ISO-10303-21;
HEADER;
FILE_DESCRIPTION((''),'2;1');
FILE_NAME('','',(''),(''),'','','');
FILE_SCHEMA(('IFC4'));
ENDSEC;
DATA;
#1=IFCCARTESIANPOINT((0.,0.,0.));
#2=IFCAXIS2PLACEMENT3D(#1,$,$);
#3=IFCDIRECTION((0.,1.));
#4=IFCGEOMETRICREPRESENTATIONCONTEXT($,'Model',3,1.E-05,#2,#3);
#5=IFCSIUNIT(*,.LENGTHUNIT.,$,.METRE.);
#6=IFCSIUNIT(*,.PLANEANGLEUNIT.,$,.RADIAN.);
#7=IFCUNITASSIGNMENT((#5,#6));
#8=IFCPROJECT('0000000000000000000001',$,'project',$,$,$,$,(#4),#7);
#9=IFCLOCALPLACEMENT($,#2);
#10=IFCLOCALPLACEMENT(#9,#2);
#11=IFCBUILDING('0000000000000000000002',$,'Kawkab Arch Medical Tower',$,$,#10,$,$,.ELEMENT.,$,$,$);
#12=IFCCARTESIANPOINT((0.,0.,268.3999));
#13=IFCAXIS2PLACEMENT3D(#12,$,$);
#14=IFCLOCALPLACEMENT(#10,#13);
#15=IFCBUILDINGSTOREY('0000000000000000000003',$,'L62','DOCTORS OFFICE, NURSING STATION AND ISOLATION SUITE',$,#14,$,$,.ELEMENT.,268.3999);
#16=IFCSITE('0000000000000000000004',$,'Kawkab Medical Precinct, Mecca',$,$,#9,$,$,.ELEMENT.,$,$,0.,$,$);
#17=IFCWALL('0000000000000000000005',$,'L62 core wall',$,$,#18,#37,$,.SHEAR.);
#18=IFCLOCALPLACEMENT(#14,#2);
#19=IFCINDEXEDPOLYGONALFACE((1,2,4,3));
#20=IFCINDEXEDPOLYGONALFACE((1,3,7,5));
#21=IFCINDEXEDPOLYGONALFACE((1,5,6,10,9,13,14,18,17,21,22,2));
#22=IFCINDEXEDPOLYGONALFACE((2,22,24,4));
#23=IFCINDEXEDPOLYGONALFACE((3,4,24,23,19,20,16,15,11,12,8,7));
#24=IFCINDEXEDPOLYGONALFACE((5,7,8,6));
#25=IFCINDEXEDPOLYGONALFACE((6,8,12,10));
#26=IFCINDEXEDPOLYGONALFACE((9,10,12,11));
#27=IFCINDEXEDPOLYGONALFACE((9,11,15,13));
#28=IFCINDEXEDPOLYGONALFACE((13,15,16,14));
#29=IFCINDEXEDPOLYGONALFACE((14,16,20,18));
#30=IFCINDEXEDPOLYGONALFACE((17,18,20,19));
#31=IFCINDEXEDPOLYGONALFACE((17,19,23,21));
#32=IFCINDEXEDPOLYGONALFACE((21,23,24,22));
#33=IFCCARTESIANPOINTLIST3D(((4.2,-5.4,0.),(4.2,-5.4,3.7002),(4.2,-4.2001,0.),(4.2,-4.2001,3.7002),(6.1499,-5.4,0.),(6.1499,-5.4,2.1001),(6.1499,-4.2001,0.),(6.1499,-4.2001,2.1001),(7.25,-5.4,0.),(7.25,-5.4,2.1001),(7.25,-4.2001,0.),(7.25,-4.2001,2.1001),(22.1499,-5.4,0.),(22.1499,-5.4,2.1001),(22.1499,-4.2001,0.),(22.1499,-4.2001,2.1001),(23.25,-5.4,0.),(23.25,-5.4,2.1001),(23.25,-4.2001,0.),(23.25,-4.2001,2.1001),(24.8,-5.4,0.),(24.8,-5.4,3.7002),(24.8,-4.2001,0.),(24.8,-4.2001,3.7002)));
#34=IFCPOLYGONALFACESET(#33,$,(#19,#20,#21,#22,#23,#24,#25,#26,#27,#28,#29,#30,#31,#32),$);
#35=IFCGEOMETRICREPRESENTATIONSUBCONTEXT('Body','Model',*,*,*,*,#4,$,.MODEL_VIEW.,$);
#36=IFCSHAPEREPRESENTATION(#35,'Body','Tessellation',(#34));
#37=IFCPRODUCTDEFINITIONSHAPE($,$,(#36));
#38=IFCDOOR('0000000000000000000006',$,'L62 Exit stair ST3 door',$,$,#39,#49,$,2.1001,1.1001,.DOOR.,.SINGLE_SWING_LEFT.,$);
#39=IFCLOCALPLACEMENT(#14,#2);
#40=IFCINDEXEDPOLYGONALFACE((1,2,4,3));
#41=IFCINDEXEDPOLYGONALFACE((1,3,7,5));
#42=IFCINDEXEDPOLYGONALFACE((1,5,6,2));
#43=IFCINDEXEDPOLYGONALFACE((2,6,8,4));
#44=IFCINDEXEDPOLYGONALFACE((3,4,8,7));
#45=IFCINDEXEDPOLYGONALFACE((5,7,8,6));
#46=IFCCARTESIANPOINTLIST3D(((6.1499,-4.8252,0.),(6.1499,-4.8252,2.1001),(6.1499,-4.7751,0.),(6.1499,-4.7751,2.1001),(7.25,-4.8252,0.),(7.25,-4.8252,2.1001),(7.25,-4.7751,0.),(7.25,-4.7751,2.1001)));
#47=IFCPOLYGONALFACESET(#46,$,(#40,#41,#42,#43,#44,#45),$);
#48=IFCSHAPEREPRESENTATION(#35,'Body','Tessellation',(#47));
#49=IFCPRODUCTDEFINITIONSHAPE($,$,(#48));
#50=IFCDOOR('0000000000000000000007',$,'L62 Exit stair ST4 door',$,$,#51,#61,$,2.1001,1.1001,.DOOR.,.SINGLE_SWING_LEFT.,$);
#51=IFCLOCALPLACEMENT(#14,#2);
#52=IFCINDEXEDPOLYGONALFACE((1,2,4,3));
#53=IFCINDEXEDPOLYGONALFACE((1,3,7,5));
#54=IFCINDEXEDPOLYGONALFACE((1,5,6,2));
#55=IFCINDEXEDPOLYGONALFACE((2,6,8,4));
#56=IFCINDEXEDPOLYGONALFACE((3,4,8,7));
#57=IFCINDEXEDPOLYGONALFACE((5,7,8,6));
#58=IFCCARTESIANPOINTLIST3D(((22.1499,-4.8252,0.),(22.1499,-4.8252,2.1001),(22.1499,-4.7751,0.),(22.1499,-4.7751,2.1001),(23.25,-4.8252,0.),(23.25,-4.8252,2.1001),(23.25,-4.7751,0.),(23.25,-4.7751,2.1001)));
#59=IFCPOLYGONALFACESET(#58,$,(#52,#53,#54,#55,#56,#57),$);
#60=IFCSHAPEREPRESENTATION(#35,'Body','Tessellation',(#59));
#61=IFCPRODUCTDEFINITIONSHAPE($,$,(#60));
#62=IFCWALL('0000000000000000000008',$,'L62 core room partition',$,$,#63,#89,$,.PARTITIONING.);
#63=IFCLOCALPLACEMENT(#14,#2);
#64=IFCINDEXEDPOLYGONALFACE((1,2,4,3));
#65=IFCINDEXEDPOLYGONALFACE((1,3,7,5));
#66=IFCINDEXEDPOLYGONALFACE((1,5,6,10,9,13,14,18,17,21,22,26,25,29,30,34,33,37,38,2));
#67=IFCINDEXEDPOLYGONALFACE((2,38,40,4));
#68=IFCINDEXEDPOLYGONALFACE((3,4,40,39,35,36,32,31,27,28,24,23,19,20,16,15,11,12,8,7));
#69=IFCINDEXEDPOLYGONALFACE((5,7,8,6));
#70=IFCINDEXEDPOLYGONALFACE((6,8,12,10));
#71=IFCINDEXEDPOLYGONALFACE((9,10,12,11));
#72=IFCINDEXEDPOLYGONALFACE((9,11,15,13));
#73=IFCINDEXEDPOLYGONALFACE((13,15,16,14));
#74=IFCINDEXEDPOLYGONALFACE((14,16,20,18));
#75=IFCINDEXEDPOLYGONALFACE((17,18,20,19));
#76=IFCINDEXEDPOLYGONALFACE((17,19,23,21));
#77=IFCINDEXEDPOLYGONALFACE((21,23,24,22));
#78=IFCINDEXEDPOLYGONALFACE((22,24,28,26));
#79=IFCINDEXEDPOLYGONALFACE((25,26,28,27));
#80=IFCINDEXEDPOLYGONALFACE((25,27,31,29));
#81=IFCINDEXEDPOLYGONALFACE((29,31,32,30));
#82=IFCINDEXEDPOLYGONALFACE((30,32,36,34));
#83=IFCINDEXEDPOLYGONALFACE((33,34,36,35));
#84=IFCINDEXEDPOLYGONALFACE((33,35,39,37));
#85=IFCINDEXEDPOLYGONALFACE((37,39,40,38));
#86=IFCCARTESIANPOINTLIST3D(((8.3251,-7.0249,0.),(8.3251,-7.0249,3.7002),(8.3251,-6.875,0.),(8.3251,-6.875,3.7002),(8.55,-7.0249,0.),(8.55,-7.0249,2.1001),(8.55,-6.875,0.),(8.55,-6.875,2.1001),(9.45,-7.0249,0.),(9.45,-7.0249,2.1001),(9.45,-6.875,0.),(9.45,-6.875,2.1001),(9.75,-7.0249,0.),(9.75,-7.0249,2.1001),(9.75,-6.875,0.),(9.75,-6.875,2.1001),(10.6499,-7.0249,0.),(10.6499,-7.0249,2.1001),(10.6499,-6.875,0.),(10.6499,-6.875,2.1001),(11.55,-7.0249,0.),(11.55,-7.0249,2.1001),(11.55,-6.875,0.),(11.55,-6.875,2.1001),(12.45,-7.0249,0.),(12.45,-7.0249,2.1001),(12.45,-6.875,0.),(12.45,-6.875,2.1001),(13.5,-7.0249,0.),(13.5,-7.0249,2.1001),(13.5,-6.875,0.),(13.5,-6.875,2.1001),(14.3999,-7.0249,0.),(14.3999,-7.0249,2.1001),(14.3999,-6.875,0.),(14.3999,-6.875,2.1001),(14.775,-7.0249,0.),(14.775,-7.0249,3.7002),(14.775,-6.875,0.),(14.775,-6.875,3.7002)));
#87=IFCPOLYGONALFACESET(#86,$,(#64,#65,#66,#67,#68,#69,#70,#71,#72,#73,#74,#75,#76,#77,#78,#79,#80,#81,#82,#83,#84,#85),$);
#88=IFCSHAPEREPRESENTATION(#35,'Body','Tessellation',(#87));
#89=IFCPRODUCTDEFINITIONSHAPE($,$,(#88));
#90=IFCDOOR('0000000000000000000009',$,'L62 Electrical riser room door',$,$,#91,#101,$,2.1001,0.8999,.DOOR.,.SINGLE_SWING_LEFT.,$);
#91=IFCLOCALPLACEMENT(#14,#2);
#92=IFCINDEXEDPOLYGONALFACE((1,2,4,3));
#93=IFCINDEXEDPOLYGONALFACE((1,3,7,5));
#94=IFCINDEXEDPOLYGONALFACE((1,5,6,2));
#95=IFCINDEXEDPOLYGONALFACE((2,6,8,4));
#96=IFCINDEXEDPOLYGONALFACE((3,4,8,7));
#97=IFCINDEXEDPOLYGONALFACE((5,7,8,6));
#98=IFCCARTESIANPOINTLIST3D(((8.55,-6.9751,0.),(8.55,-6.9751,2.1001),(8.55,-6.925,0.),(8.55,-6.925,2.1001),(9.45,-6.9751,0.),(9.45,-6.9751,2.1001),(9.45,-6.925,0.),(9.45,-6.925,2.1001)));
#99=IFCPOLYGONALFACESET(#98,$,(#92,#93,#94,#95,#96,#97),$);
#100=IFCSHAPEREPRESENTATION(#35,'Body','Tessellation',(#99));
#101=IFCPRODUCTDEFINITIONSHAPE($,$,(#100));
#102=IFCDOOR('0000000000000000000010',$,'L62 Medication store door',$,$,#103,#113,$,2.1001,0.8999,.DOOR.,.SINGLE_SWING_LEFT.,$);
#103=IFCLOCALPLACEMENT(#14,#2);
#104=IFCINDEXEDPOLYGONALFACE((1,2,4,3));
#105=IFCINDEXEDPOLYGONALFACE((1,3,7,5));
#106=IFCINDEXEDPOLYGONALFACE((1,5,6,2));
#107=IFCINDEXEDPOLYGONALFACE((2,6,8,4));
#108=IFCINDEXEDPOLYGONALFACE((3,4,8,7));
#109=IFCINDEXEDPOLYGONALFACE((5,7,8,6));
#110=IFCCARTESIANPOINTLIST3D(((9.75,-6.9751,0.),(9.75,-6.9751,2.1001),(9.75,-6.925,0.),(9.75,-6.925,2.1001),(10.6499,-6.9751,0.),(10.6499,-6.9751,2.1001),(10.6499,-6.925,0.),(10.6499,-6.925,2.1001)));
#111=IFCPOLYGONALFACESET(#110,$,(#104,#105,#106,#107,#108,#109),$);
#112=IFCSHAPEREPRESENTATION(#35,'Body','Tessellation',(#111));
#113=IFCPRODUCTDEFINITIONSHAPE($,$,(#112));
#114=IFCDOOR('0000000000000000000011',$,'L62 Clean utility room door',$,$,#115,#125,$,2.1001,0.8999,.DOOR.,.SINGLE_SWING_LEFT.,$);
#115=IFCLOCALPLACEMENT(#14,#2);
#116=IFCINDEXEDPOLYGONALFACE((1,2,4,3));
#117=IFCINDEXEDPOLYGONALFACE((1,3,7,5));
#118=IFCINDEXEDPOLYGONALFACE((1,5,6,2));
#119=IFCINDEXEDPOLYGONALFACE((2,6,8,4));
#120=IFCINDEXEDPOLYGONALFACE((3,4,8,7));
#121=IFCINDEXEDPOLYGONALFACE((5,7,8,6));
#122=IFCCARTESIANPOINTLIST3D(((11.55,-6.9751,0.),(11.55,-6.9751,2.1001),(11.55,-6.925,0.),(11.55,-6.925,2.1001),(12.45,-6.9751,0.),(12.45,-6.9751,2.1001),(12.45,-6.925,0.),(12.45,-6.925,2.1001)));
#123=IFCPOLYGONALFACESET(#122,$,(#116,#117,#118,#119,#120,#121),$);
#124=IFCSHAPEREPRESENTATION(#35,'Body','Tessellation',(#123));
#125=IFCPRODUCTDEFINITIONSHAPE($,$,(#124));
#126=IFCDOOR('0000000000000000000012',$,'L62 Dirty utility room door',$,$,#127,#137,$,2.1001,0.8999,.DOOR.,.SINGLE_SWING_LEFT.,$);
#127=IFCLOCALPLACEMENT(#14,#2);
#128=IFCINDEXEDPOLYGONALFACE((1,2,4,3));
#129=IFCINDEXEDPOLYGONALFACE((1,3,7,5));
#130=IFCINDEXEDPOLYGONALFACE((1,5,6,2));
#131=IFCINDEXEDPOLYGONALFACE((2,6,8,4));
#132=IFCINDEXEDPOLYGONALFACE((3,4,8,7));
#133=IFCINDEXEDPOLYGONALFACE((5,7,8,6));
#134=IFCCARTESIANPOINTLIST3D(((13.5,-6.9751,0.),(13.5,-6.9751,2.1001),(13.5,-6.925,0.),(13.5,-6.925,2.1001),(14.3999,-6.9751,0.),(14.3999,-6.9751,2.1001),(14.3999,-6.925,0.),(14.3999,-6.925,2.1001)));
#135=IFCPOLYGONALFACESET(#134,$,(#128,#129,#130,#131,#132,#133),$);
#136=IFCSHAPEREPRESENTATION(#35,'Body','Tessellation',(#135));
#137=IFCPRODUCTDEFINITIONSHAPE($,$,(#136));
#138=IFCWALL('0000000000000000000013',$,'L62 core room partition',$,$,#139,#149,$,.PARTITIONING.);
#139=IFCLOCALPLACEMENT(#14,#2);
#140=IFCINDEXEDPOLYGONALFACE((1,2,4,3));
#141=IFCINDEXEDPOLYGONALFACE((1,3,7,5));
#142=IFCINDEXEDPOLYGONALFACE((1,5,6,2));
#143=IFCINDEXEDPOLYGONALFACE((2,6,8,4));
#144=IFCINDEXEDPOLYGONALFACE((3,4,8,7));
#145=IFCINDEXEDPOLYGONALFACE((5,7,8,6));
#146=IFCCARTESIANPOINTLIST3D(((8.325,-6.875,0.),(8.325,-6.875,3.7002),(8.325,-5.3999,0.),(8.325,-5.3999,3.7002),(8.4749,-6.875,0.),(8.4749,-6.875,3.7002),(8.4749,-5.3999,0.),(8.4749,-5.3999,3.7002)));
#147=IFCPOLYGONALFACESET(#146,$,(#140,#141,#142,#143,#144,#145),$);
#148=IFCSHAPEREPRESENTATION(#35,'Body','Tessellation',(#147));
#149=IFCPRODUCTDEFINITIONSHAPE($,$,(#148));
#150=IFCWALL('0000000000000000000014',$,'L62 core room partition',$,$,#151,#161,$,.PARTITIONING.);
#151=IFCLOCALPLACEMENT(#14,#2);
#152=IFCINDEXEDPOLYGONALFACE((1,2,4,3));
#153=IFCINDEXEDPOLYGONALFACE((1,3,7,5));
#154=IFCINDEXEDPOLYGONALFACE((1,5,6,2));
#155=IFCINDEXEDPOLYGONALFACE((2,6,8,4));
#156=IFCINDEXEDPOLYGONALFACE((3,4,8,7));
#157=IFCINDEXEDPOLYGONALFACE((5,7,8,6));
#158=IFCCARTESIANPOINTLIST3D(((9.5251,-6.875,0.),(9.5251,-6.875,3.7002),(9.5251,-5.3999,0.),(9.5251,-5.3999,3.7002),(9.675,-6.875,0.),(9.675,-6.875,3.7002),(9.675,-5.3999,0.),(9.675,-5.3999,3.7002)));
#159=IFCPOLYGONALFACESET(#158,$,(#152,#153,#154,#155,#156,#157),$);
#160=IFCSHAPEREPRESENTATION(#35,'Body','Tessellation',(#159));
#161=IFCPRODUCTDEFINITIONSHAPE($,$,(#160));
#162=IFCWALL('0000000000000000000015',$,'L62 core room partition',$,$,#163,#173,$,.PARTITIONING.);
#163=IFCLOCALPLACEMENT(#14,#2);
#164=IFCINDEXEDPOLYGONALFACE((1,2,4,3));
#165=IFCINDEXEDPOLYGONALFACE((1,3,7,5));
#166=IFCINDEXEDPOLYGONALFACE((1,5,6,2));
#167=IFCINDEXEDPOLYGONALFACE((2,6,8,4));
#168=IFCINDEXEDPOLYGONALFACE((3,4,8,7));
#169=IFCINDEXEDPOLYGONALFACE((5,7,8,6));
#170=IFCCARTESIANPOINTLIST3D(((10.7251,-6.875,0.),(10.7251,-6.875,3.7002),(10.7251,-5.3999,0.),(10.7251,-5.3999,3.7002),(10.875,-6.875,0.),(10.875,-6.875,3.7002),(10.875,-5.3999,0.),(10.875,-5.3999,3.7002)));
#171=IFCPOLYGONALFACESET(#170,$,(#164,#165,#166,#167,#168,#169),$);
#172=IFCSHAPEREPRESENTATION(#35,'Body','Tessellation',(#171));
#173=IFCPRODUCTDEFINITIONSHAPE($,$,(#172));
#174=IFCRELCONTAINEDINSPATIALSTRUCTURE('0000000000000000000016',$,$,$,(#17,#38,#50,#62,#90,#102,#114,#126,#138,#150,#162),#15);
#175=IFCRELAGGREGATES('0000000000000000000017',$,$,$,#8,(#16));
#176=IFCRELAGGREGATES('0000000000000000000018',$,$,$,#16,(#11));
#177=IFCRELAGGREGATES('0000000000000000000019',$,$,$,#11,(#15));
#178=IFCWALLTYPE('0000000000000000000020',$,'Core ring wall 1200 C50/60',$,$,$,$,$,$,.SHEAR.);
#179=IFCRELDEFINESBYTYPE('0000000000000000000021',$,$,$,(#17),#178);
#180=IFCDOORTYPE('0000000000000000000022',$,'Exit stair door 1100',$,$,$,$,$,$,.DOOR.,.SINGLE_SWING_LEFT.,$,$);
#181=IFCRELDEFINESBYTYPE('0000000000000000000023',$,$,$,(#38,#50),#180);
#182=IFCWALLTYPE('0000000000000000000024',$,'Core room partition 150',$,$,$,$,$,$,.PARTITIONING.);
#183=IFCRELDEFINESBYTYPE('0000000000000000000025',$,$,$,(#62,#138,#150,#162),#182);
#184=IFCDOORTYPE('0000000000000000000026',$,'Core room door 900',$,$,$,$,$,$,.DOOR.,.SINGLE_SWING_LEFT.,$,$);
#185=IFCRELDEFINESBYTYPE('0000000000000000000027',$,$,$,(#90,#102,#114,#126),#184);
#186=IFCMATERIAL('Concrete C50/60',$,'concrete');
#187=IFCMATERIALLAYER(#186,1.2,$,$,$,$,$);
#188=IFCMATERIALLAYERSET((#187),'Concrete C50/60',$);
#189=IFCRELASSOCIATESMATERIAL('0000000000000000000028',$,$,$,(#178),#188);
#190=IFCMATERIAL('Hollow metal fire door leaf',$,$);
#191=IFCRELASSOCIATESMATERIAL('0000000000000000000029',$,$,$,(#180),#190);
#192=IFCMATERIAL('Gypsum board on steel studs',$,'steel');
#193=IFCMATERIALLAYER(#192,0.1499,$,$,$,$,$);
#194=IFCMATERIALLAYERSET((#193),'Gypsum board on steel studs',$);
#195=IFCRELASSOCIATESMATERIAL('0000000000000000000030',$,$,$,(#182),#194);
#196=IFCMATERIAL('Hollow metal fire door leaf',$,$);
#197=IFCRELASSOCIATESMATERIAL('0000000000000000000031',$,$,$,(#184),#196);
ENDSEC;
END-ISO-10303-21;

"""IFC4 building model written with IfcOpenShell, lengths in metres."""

from ifc_helpers import new_model, si_unit, direction, frame, frame_2d, origin, place, context, subcontext, project, spatial, rectangle, extrude, material, layer, layer_set, type_object, element, fill, save


model = new_model("IFC4")

# Units and contexts
model_context = context("Model", 3, precision=1e-05, world=origin(), true_north=direction((0.0, 1.0)))
body_context = subcontext(model_context, "Body", "Model", "MODEL_VIEW")
ifc_project = project(units=[si_unit("LENGTHUNIT", "METRE"), si_unit("PLANEANGLEUNIT", "RADIAN")], contexts=[model_context])

# Site, building, storey
site_placement = place(None, origin())
site = spatial("IfcSite", under=ifc_project, at=site_placement, Name="Kawkab Medical Precinct, Mecca", CompositionType="ELEMENT", RefElevation=0.0)
building_placement = place(site_placement, origin())
building = spatial("IfcBuilding", under=site, at=building_placement, Name="Kawkab Arch Medical Tower", CompositionType="ELEMENT")
storey_placement = place(building_placement, frame((0.0, 0.0, 268.3999)))
storey = spatial("IfcBuildingStorey", under=building, at=storey_placement, Name="L62", Description="DOCTORS OFFICE, NURSING STATION AND ISOLATION SUITE", CompositionType="ELEMENT", Elevation=268.3999)

# Walls, openings, doors
ifc_material_1 = material(Name="Concrete C50/60", Category="concrete")
ifc_layer_1 = layer(ifc_material_1, 1.2)
ifc_layer_set_1 = layer_set([ifc_layer_1], Name="Concrete C50/60")
wall_type_1 = type_object("IfcWallType", Name="Core ring wall 1200 C50/60", PredefinedType="SHEAR", material=ifc_layer_set_1)
wall_1_placement = place(storey_placement, frame((4.2, -4.8, 0.0), z_axis=(0.0, 0.0, 1.0), x_axis=(1.0, 0.0, 0.0)))
wall_1 = element("IfcWall", 1, at=wall_1_placement, inside=storey, type_object=wall_type_1, Name="L62 core wall", PredefinedType="SHEAR", context=body_context, shape_type="SweptSolid", body=[
    extrude(rectangle(XDim=20.6001, YDim=1.2, at=frame_2d((10.3, 0.0))), origin(), (0.0, 0.0, 1.0), 3.7002),
])
opening_1_placement = place(wall_1_placement, frame((1.95, 0.0, 0.0)))
opening_1 = element("IfcOpeningElement", 2, at=opening_1_placement, cuts=wall_1, PredefinedType="OPENING", context=body_context, shape_type="SweptSolid", body=[
    extrude(rectangle(XDim=1.1001, YDim=2.1001, at=frame_2d((0.55, 1.05))), frame((0.0, 0.6099, 0.0), z_axis=(0.0, -1.0, 0.0), x_axis=(1.0, 0.0, 0.0)), (0.0, 0.0, 1.0), 1.22),
])
opening_2_placement = place(wall_1_placement, frame((17.95, 0.0, 0.0)))
opening_2 = element("IfcOpeningElement", 3, at=opening_2_placement, cuts=wall_1, PredefinedType="OPENING", context=body_context, shape_type="SweptSolid", body=[
    extrude(rectangle(XDim=1.1001, YDim=2.1001, at=frame_2d((0.55, 1.05))), frame((0.0, 0.6099, 0.0), z_axis=(0.0, -1.0, 0.0), x_axis=(1.0, 0.0, 0.0)), (0.0, 0.0, 1.0), 1.22),
])
ifc_material_2 = material(Name="Hollow metal fire door leaf")
door_type_1 = type_object("IfcDoorType", Name="Exit stair door 1100", OperationType="SINGLE_SWING_LEFT", PredefinedType="DOOR", material=ifc_material_2)
door_1_placement = place(opening_1_placement, origin())
door_1 = element("IfcDoor", 4, at=door_1_placement, inside=storey, type_object=door_type_1, Name="L62 Exit stair ST3 door", OperationType="SINGLE_SWING_LEFT", OverallHeight=2.1001, OverallWidth=1.1001, PredefinedType="DOOR", context=body_context, shape_type="SweptSolid", body=[
    extrude(rectangle(XDim=1.1001, YDim=2.1001, at=frame_2d((0.55, 1.05))), frame((0.0, 0.0249, 0.0), z_axis=(0.0, -1.0, 0.0), x_axis=(1.0, 0.0, 0.0)), (0.0, 0.0, 1.0), 0.05),
])
fill(opening_1, door_1)
door_2_placement = place(opening_2_placement, origin())
door_2 = element("IfcDoor", 5, at=door_2_placement, inside=storey, type_object=door_type_1, Name="L62 Exit stair ST4 door", OperationType="SINGLE_SWING_LEFT", OverallHeight=2.1001, OverallWidth=1.1001, PredefinedType="DOOR", context=body_context, shape_type="SweptSolid", body=[
    extrude(rectangle(XDim=1.1001, YDim=2.1001, at=frame_2d((0.55, 1.05))), frame((0.0, 0.0249, 0.0), z_axis=(0.0, -1.0, 0.0), x_axis=(1.0, 0.0, 0.0)), (0.0, 0.0, 1.0), 0.05),
])
fill(opening_2, door_2)
ifc_material_3 = material(Name="Gypsum board on steel studs", Category="steel")
ifc_layer_2 = layer(ifc_material_3, 0.1499)
ifc_layer_set_2 = layer_set([ifc_layer_2], Name="Gypsum board on steel studs")
wall_type_2 = type_object("IfcWallType", Name="Core room partition 150", PredefinedType="PARTITIONING", material=ifc_layer_set_2)
wall_2_placement = place(storey_placement, frame((8.325, -6.95, 0.0), z_axis=(0.0, 0.0, 1.0), x_axis=(1.0, 0.0, 0.0)))
wall_2 = element("IfcWall", 6, at=wall_2_placement, inside=storey, type_object=wall_type_2, Name="L62 core room partition", PredefinedType="PARTITIONING", context=body_context, shape_type="SweptSolid", body=[
    extrude(rectangle(XDim=6.45, YDim=0.1499, at=frame_2d((3.2251, 0.0))), origin(), (0.0, 0.0, 1.0), 3.7002),
])
opening_3_placement = place(wall_2_placement, frame((0.2251, 0.0, 0.0)))
opening_3 = element("IfcOpeningElement", 7, at=opening_3_placement, cuts=wall_2, PredefinedType="OPENING", context=body_context, shape_type="SweptSolid", body=[
    extrude(rectangle(XDim=0.8999, YDim=2.1001, at=frame_2d((0.45, 1.05))), frame((0.0, 0.085, 0.0), z_axis=(0.0, -1.0, 0.0), x_axis=(1.0, 0.0, 0.0)), (0.0, 0.0, 1.0), 0.1699),
])
opening_4_placement = place(wall_2_placement, frame((1.425, 0.0, 0.0)))
opening_4 = element("IfcOpeningElement", 8, at=opening_4_placement, cuts=wall_2, PredefinedType="OPENING", context=body_context, shape_type="SweptSolid", body=[
    extrude(rectangle(XDim=0.8999, YDim=2.1001, at=frame_2d((0.45, 1.05))), frame((0.0, 0.085, 0.0), z_axis=(0.0, -1.0, 0.0), x_axis=(1.0, 0.0, 0.0)), (0.0, 0.0, 1.0), 0.1699),
])
opening_5_placement = place(wall_2_placement, frame((3.2251, 0.0, 0.0)))
opening_5 = element("IfcOpeningElement", 9, at=opening_5_placement, cuts=wall_2, PredefinedType="OPENING", context=body_context, shape_type="SweptSolid", body=[
    extrude(rectangle(XDim=0.8999, YDim=2.1001, at=frame_2d((0.45, 1.05))), frame((0.0, 0.085, 0.0), z_axis=(0.0, -1.0, 0.0), x_axis=(1.0, 0.0, 0.0)), (0.0, 0.0, 1.0), 0.1699),
])
opening_6_placement = place(wall_2_placement, frame((5.175, 0.0, 0.0)))
opening_6 = element("IfcOpeningElement", 10, at=opening_6_placement, cuts=wall_2, PredefinedType="OPENING", context=body_context, shape_type="SweptSolid", body=[
    extrude(rectangle(XDim=0.8999, YDim=2.1001, at=frame_2d((0.45, 1.05))), frame((0.0, 0.085, 0.0), z_axis=(0.0, -1.0, 0.0), x_axis=(1.0, 0.0, 0.0)), (0.0, 0.0, 1.0), 0.1699),
])
ifc_material_4 = material(Name="Hollow metal fire door leaf")
door_type_2 = type_object("IfcDoorType", Name="Core room door 900", OperationType="SINGLE_SWING_LEFT", PredefinedType="DOOR", material=ifc_material_4)
door_3_placement = place(opening_3_placement, origin())
door_3 = element("IfcDoor", 11, at=door_3_placement, inside=storey, type_object=door_type_2, Name="L62 Electrical riser room door", OperationType="SINGLE_SWING_LEFT", OverallHeight=2.1001, OverallWidth=0.8999, PredefinedType="DOOR", context=body_context, shape_type="SweptSolid", body=[
    extrude(rectangle(XDim=0.8999, YDim=2.1001, at=frame_2d((0.45, 1.05))), frame((0.0, 0.0249, 0.0), z_axis=(0.0, -1.0, 0.0), x_axis=(1.0, 0.0, 0.0)), (0.0, 0.0, 1.0), 0.05),
])
fill(opening_3, door_3)
door_4_placement = place(opening_4_placement, origin())
door_4 = element("IfcDoor", 12, at=door_4_placement, inside=storey, type_object=door_type_2, Name="L62 Medication store door", OperationType="SINGLE_SWING_LEFT", OverallHeight=2.1001, OverallWidth=0.8999, PredefinedType="DOOR", context=body_context, shape_type="SweptSolid", body=[
    extrude(rectangle(XDim=0.8999, YDim=2.1001, at=frame_2d((0.45, 1.05))), frame((0.0, 0.0249, 0.0), z_axis=(0.0, -1.0, 0.0), x_axis=(1.0, 0.0, 0.0)), (0.0, 0.0, 1.0), 0.05),
])
fill(opening_4, door_4)
door_5_placement = place(opening_5_placement, origin())
door_5 = element("IfcDoor", 13, at=door_5_placement, inside=storey, type_object=door_type_2, Name="L62 Clean utility room door", OperationType="SINGLE_SWING_LEFT", OverallHeight=2.1001, OverallWidth=0.8999, PredefinedType="DOOR", context=body_context, shape_type="SweptSolid", body=[
    extrude(rectangle(XDim=0.8999, YDim=2.1001, at=frame_2d((0.45, 1.05))), frame((0.0, 0.0249, 0.0), z_axis=(0.0, -1.0, 0.0), x_axis=(1.0, 0.0, 0.0)), (0.0, 0.0, 1.0), 0.05),
])
fill(opening_5, door_5)
door_6_placement = place(opening_6_placement, origin())
door_6 = element("IfcDoor", 14, at=door_6_placement, inside=storey, type_object=door_type_2, Name="L62 Dirty utility room door", OperationType="SINGLE_SWING_LEFT", OverallHeight=2.1001, OverallWidth=0.8999, PredefinedType="DOOR", context=body_context, shape_type="SweptSolid", body=[
    extrude(rectangle(XDim=0.8999, YDim=2.1001, at=frame_2d((0.45, 1.05))), frame((0.0, 0.0249, 0.0), z_axis=(0.0, -1.0, 0.0), x_axis=(1.0, 0.0, 0.0)), (0.0, 0.0, 1.0), 0.05),
])
fill(opening_6, door_6)

# Walls
for number, where, z_axis, x_axis, name in (
    (15, (8.3999, -6.875, 0.0), (0.0, 0.0, 1.0), (0.0, 1.0, 0.0), "L62 core room partition"),
    (16, (9.6001, -6.875, 0.0), (0.0, 0.0, 1.0), (0.0, 1.0, 0.0), "L62 core room partition"),
    (17, (10.8, -6.875, 0.0), (0.0, 0.0, 1.0), (0.0, 1.0, 0.0), "L62 core room partition"),
):
    element("IfcWall", number, at=place(storey_placement, frame(where, z_axis=z_axis, x_axis=x_axis)), inside=storey, type_object=wall_type_2, Name=name, PredefinedType="PARTITIONING", context=body_context, shape_type="SweptSolid", body=[
        extrude(rectangle(XDim=1.4751, YDim=0.1499, at=frame_2d((0.7375, 0.0))), origin(), (0.0, 0.0, 1.0), 3.7002),
    ])

save(model, "model.ifc")
